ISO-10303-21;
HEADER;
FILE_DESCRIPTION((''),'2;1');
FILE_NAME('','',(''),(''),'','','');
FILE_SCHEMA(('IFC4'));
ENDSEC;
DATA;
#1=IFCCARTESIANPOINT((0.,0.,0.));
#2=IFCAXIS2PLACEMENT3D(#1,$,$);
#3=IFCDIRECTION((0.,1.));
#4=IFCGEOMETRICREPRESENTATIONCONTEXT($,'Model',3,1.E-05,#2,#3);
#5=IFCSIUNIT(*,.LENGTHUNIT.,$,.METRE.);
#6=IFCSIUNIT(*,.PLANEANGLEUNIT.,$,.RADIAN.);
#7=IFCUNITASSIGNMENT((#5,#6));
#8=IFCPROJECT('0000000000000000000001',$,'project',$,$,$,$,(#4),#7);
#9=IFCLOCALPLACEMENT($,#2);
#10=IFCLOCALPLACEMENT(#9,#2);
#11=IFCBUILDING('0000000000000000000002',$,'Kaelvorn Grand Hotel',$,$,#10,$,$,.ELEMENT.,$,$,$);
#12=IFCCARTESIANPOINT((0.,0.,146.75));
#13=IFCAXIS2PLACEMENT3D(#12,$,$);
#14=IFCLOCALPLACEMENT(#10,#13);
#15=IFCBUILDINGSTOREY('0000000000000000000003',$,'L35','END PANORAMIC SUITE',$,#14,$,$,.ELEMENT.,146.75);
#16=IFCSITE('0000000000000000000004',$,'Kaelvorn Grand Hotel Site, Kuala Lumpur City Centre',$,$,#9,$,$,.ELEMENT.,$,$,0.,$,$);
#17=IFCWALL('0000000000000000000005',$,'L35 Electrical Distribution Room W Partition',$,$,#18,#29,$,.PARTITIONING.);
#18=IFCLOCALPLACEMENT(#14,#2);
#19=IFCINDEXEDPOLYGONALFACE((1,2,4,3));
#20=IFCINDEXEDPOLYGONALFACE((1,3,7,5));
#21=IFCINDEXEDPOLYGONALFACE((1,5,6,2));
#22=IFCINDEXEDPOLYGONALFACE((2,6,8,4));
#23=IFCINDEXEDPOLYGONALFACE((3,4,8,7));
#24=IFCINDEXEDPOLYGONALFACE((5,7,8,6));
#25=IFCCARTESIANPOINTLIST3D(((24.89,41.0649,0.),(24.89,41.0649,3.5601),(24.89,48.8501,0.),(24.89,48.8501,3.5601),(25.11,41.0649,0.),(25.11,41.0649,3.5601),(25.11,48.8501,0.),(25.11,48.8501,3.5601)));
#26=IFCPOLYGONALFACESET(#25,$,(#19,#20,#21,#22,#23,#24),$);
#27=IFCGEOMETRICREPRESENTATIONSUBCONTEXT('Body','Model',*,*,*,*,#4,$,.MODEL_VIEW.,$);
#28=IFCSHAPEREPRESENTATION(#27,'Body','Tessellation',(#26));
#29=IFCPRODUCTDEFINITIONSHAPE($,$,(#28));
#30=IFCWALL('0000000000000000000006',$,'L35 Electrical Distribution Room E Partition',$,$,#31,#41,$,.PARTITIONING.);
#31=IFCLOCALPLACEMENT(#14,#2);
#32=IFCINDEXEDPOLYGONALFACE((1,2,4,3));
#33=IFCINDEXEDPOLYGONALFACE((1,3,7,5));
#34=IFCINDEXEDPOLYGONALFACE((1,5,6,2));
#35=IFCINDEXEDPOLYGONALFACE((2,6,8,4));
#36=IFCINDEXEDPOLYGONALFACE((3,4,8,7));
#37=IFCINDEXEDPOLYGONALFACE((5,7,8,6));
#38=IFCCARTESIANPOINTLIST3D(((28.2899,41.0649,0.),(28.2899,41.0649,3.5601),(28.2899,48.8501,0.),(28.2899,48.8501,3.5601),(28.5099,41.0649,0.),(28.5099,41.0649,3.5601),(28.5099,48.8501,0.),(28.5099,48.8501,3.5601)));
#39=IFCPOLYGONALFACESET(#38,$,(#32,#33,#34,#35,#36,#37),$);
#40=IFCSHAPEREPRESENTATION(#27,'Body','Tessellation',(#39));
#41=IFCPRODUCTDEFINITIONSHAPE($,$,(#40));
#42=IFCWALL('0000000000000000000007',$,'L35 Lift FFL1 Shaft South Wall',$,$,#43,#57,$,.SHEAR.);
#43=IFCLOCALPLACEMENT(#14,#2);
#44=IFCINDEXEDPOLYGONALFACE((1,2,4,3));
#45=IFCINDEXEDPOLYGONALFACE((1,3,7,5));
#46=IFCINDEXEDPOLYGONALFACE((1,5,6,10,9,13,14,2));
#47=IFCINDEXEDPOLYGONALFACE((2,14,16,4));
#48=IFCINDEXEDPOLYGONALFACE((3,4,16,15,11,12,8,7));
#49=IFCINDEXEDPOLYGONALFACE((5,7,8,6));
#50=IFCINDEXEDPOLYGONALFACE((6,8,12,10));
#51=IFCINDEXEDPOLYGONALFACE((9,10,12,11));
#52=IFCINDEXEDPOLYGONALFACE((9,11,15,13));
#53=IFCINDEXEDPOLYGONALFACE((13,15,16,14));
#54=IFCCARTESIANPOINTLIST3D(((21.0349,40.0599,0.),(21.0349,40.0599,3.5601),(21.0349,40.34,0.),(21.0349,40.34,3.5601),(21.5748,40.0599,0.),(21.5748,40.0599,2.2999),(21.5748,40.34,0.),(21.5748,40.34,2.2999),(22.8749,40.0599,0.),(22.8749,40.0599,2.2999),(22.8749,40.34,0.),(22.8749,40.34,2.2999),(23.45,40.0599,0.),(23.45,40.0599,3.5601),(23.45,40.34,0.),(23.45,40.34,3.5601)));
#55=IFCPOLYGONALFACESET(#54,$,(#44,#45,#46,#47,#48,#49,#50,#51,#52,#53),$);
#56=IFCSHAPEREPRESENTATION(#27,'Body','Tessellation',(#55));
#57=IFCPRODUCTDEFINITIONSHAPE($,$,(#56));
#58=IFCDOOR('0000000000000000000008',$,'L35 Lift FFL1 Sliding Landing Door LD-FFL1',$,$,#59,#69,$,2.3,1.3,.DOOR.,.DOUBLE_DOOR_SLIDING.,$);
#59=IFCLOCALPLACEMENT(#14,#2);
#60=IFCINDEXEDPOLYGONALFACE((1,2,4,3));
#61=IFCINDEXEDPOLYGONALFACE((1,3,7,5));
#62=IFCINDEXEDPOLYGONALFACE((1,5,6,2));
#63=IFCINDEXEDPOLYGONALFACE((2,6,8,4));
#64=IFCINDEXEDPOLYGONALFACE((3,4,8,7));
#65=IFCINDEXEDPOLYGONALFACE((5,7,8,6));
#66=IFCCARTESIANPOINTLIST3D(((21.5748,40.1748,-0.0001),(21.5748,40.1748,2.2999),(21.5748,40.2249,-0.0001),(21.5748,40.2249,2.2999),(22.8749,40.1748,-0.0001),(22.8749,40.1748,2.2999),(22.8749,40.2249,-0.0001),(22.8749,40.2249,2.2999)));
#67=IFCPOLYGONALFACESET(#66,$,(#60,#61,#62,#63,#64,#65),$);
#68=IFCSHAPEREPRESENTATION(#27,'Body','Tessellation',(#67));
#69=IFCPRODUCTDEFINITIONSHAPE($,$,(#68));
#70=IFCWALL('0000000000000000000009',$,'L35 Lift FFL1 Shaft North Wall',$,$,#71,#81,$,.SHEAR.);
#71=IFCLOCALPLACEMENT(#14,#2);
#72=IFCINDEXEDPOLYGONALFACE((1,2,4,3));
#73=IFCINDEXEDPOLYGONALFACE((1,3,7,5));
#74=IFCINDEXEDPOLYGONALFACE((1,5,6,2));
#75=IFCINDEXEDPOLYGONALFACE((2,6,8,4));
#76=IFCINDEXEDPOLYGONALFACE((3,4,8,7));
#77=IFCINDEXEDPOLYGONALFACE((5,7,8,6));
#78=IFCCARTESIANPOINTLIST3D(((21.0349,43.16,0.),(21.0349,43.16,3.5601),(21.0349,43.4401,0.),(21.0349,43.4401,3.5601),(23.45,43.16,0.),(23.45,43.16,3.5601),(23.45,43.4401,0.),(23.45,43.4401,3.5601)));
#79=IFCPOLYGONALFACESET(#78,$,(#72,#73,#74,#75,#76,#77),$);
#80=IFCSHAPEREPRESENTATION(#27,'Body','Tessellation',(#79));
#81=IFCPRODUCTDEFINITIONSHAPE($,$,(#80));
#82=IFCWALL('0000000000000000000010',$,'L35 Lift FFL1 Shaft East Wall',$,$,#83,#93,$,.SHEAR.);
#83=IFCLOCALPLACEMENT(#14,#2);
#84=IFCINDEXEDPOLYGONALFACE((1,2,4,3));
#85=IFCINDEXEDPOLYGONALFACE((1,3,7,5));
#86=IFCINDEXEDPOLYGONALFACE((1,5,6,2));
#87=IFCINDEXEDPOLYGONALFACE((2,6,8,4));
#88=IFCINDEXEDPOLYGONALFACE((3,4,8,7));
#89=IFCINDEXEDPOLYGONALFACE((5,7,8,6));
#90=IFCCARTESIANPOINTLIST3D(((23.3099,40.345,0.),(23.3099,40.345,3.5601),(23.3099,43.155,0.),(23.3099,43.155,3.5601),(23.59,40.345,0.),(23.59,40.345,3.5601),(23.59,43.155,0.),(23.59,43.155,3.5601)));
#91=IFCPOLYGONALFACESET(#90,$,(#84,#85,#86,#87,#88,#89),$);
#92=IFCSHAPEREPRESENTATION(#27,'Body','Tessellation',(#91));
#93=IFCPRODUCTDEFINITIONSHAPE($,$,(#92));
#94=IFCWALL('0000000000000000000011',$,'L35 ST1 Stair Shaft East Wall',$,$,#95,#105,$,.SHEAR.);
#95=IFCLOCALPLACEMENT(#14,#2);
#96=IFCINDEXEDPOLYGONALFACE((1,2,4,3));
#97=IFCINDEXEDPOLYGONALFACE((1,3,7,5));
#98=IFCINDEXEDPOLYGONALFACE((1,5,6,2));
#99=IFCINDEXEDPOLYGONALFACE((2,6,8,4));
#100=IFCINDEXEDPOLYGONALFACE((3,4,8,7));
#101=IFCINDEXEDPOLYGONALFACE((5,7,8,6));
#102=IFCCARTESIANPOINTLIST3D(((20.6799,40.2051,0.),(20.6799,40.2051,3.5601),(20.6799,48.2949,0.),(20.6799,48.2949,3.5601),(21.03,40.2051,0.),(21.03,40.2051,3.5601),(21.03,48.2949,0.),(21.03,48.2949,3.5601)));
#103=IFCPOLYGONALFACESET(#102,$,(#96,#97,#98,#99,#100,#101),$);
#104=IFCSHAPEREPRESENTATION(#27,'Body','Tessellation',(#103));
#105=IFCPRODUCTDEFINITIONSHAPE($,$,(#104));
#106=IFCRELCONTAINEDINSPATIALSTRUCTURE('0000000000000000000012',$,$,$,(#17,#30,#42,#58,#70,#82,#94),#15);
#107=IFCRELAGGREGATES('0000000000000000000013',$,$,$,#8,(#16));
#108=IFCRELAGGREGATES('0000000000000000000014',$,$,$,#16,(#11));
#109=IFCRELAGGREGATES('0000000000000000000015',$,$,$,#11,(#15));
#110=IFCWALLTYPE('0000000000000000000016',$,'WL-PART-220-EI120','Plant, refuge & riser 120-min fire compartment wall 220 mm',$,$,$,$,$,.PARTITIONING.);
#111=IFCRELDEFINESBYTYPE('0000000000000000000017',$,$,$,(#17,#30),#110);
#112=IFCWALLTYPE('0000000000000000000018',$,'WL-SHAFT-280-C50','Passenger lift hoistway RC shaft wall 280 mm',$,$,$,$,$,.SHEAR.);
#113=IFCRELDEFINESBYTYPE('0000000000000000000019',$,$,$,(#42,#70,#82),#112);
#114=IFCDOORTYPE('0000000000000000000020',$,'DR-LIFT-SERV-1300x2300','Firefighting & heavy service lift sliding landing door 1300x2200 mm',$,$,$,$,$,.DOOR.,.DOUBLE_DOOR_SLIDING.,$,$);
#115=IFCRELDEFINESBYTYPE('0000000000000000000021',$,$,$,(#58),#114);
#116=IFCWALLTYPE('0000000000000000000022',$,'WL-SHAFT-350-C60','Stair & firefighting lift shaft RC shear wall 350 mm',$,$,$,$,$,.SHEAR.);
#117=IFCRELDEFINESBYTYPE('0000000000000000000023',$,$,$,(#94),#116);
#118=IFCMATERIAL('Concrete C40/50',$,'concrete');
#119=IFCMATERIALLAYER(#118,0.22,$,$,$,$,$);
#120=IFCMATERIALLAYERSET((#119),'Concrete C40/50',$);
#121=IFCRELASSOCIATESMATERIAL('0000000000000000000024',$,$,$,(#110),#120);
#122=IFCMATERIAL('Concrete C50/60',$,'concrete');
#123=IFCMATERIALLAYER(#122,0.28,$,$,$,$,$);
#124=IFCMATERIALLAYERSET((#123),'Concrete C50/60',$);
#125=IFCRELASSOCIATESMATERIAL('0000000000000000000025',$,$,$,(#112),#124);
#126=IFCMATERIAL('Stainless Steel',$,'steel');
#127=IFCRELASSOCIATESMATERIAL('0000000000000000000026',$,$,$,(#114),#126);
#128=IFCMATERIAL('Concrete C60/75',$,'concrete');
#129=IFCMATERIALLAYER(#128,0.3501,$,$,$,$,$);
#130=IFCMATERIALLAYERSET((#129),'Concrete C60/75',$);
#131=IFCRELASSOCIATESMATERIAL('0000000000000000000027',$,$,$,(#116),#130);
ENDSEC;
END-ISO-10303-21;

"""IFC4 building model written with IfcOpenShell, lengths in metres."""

from ifc_helpers import new_model, si_unit, direction, frame, frame_2d, origin, place, context, subcontext, project, spatial, rectangle, extrude, material, layer, layer_set, type_object, element, fill, save


model = new_model("IFC4")

# Units and contexts
model_context = context("Model", 3, precision=1e-05, world=origin(), true_north=direction((0.0, 1.0)))
body_context = subcontext(model_context, "Body", "Model", "MODEL_VIEW")
ifc_project = project(units=[si_unit("LENGTHUNIT", "METRE"), si_unit("PLANEANGLEUNIT", "RADIAN")], contexts=[model_context])

# Site, building, storey
site_placement = place(None, origin())
site = spatial("IfcSite", under=ifc_project, at=site_placement, Name="Kaelvorn Grand Hotel Site, Kuala Lumpur City Centre", CompositionType="ELEMENT", RefElevation=0.0)
building_placement = place(site_placement, origin())
building = spatial("IfcBuilding", under=site, at=building_placement, Name="Kaelvorn Grand Hotel", CompositionType="ELEMENT")
storey_placement = place(building_placement, frame((0.0, 0.0, 146.75)))
storey = spatial("IfcBuildingStorey", under=building, at=storey_placement, Name="L35", Description="END PANORAMIC SUITE", CompositionType="ELEMENT", Elevation=146.75)

# Shared definitions
ifc_material_1 = material(Name="Concrete C60/75", Category="concrete")

# Shared definitions
ifc_material_2 = material(Name="Concrete C50/60", Category="concrete")

# Shared definitions
ifc_material_3 = material(Name="Concrete C40/50", Category="concrete")
ifc_layer_1 = layer(ifc_material_3, 0.22)
ifc_layer_set_1 = layer_set([ifc_layer_1], Name="Concrete C40/50")
wall_type_1 = type_object("IfcWallType", Name="WL-PART-220-EI120", Description="Plant, refuge & riser 120-min fire compartment wall 220 mm", PredefinedType="PARTITIONING", material=ifc_layer_set_1)

# Walls
for number, where, z_axis, x_axis, name in (
    (1, (25.0, 41.0649, 0.0), (0.0, 0.0, 1.0), (0.0, 1.0, 0.0), "L35 Electrical Distribution Room W Partition"),
    (2, (28.3999, 41.0649, 0.0), (0.0, 0.0, 1.0), (0.0, 1.0, 0.0), "L35 Electrical Distribution Room E Partition"),
):
    element("IfcWall", number, at=place(storey_placement, frame(where, z_axis=z_axis, x_axis=x_axis)), inside=storey, type_object=wall_type_1, Name=name, PredefinedType="PARTITIONING", context=body_context, shape_type="SweptSolid", body=[
        extrude(rectangle(XDim=7.7852, YDim=0.22, at=frame_2d((3.8926, 0.0))), origin(), (0.0, 0.0, 1.0), 3.5601),
    ])

# Wall, opening, door
ifc_layer_2 = layer(ifc_material_2, 0.28)
ifc_layer_set_2 = layer_set([ifc_layer_2], Name="Concrete C50/60")
wall_type_2 = type_object("IfcWallType", Name="WL-SHAFT-280-C50", Description="Passenger lift hoistway RC shaft wall 280 mm", PredefinedType="SHEAR", material=ifc_layer_set_2)
wall_1_placement = place(storey_placement, frame((21.0349, 40.2, 0.0), z_axis=(0.0, 0.0, 1.0), x_axis=(1.0, 0.0, 0.0)))
wall_1 = element("IfcWall", 3, at=wall_1_placement, inside=storey, type_object=wall_type_2, Name="L35 Lift FFL1 Shaft South Wall", PredefinedType="SHEAR", context=body_context, shape_type="SweptSolid", body=[
    extrude(rectangle(XDim=2.415, YDim=0.28, at=frame_2d((1.2075, 0.0))), origin(), (0.0, 0.0, 1.0), 3.5601),
])
opening_1_placement = place(wall_1_placement, frame((0.54, 0.0, 0.0)))
opening_1 = element("IfcOpeningElement", 4, at=opening_1_placement, cuts=wall_1, PredefinedType="OPENING", context=body_context, shape_type="SweptSolid", body=[
    extrude(rectangle(XDim=1.3, YDim=2.3, at=frame_2d((0.6499, 1.1499))), frame((0.0, 0.1499, 0.0), z_axis=(0.0, -1.0, 0.0), x_axis=(1.0, 0.0, 0.0)), (0.0, 0.0, 1.0), 0.3),
])
ifc_material_4 = material(Name="Stainless Steel", Category="steel")
door_type_1 = type_object("IfcDoorType", Name="DR-LIFT-SERV-1300x2300", Description="Firefighting & heavy service lift sliding landing door 1300x2200 mm", OperationType="DOUBLE_DOOR_SLIDING", PredefinedType="DOOR", material=ifc_material_4)
door_1_placement = place(opening_1_placement, origin())
door_1 = element("IfcDoor", 5, at=door_1_placement, inside=storey, type_object=door_type_1, Name="L35 Lift FFL1 Sliding Landing Door LD-FFL1", OperationType="DOUBLE_DOOR_SLIDING", OverallHeight=2.3, OverallWidth=1.3, PredefinedType="DOOR", context=body_context, shape_type="SweptSolid", body=[
    extrude(rectangle(XDim=1.3, YDim=2.3, at=frame_2d((0.6499, 1.1499))), frame((0.0, 0.0249, 0.0), z_axis=(0.0, -1.0, 0.0), x_axis=(1.0, 0.0, 0.0)), (0.0, 0.0, 1.0), 0.05),
])
fill(opening_1, door_1)

# Walls
wall_2_placement = place(storey_placement, frame((21.0349, 43.3, 0.0), z_axis=(0.0, 0.0, 1.0), x_axis=(1.0, 0.0, 0.0)))
element("IfcWall", 6, at=wall_2_placement, inside=storey, type_object=wall_type_2, Name="L35 Lift FFL1 Shaft North Wall", PredefinedType="SHEAR", context=body_context, shape_type="SweptSolid", body=[
    extrude(rectangle(XDim=2.415, YDim=0.28, at=frame_2d((1.2075, 0.0))), origin(), (0.0, 0.0, 1.0), 3.5601),
])
wall_3_placement = place(storey_placement, frame((23.45, 40.345, 0.0), z_axis=(0.0, 0.0, 1.0), x_axis=(0.0, 1.0, 0.0)))
element("IfcWall", 7, at=wall_3_placement, inside=storey, type_object=wall_type_2, Name="L35 Lift FFL1 Shaft East Wall", PredefinedType="SHEAR", context=body_context, shape_type="SweptSolid", body=[
    extrude(rectangle(XDim=2.8101, YDim=0.28, at=frame_2d((1.405, 0.0))), origin(), (0.0, 0.0, 1.0), 3.5601),
])
ifc_layer_3 = layer(ifc_material_1, 0.3501)
ifc_layer_set_3 = layer_set([ifc_layer_3], Name="Concrete C60/75")
wall_type_3 = type_object("IfcWallType", Name="WL-SHAFT-350-C60", Description="Stair & firefighting lift shaft RC shear wall 350 mm", PredefinedType="SHEAR", material=ifc_layer_set_3)
wall_4_placement = place(storey_placement, frame((20.855, 40.2051, 0.0), z_axis=(0.0, 0.0, 1.0), x_axis=(0.0, 1.0, 0.0)))
element("IfcWall", 8, at=wall_4_placement, inside=storey, type_object=wall_type_3, Name="L35 ST1 Stair Shaft East Wall", PredefinedType="SHEAR", context=body_context, shape_type="SweptSolid", body=[
    extrude(rectangle(XDim=8.0898, YDim=0.3501, at=frame_2d((4.0449, 0.0))), origin(), (0.0, 0.0, 1.0), 3.5601),
])

save(model, "model.ifc")
